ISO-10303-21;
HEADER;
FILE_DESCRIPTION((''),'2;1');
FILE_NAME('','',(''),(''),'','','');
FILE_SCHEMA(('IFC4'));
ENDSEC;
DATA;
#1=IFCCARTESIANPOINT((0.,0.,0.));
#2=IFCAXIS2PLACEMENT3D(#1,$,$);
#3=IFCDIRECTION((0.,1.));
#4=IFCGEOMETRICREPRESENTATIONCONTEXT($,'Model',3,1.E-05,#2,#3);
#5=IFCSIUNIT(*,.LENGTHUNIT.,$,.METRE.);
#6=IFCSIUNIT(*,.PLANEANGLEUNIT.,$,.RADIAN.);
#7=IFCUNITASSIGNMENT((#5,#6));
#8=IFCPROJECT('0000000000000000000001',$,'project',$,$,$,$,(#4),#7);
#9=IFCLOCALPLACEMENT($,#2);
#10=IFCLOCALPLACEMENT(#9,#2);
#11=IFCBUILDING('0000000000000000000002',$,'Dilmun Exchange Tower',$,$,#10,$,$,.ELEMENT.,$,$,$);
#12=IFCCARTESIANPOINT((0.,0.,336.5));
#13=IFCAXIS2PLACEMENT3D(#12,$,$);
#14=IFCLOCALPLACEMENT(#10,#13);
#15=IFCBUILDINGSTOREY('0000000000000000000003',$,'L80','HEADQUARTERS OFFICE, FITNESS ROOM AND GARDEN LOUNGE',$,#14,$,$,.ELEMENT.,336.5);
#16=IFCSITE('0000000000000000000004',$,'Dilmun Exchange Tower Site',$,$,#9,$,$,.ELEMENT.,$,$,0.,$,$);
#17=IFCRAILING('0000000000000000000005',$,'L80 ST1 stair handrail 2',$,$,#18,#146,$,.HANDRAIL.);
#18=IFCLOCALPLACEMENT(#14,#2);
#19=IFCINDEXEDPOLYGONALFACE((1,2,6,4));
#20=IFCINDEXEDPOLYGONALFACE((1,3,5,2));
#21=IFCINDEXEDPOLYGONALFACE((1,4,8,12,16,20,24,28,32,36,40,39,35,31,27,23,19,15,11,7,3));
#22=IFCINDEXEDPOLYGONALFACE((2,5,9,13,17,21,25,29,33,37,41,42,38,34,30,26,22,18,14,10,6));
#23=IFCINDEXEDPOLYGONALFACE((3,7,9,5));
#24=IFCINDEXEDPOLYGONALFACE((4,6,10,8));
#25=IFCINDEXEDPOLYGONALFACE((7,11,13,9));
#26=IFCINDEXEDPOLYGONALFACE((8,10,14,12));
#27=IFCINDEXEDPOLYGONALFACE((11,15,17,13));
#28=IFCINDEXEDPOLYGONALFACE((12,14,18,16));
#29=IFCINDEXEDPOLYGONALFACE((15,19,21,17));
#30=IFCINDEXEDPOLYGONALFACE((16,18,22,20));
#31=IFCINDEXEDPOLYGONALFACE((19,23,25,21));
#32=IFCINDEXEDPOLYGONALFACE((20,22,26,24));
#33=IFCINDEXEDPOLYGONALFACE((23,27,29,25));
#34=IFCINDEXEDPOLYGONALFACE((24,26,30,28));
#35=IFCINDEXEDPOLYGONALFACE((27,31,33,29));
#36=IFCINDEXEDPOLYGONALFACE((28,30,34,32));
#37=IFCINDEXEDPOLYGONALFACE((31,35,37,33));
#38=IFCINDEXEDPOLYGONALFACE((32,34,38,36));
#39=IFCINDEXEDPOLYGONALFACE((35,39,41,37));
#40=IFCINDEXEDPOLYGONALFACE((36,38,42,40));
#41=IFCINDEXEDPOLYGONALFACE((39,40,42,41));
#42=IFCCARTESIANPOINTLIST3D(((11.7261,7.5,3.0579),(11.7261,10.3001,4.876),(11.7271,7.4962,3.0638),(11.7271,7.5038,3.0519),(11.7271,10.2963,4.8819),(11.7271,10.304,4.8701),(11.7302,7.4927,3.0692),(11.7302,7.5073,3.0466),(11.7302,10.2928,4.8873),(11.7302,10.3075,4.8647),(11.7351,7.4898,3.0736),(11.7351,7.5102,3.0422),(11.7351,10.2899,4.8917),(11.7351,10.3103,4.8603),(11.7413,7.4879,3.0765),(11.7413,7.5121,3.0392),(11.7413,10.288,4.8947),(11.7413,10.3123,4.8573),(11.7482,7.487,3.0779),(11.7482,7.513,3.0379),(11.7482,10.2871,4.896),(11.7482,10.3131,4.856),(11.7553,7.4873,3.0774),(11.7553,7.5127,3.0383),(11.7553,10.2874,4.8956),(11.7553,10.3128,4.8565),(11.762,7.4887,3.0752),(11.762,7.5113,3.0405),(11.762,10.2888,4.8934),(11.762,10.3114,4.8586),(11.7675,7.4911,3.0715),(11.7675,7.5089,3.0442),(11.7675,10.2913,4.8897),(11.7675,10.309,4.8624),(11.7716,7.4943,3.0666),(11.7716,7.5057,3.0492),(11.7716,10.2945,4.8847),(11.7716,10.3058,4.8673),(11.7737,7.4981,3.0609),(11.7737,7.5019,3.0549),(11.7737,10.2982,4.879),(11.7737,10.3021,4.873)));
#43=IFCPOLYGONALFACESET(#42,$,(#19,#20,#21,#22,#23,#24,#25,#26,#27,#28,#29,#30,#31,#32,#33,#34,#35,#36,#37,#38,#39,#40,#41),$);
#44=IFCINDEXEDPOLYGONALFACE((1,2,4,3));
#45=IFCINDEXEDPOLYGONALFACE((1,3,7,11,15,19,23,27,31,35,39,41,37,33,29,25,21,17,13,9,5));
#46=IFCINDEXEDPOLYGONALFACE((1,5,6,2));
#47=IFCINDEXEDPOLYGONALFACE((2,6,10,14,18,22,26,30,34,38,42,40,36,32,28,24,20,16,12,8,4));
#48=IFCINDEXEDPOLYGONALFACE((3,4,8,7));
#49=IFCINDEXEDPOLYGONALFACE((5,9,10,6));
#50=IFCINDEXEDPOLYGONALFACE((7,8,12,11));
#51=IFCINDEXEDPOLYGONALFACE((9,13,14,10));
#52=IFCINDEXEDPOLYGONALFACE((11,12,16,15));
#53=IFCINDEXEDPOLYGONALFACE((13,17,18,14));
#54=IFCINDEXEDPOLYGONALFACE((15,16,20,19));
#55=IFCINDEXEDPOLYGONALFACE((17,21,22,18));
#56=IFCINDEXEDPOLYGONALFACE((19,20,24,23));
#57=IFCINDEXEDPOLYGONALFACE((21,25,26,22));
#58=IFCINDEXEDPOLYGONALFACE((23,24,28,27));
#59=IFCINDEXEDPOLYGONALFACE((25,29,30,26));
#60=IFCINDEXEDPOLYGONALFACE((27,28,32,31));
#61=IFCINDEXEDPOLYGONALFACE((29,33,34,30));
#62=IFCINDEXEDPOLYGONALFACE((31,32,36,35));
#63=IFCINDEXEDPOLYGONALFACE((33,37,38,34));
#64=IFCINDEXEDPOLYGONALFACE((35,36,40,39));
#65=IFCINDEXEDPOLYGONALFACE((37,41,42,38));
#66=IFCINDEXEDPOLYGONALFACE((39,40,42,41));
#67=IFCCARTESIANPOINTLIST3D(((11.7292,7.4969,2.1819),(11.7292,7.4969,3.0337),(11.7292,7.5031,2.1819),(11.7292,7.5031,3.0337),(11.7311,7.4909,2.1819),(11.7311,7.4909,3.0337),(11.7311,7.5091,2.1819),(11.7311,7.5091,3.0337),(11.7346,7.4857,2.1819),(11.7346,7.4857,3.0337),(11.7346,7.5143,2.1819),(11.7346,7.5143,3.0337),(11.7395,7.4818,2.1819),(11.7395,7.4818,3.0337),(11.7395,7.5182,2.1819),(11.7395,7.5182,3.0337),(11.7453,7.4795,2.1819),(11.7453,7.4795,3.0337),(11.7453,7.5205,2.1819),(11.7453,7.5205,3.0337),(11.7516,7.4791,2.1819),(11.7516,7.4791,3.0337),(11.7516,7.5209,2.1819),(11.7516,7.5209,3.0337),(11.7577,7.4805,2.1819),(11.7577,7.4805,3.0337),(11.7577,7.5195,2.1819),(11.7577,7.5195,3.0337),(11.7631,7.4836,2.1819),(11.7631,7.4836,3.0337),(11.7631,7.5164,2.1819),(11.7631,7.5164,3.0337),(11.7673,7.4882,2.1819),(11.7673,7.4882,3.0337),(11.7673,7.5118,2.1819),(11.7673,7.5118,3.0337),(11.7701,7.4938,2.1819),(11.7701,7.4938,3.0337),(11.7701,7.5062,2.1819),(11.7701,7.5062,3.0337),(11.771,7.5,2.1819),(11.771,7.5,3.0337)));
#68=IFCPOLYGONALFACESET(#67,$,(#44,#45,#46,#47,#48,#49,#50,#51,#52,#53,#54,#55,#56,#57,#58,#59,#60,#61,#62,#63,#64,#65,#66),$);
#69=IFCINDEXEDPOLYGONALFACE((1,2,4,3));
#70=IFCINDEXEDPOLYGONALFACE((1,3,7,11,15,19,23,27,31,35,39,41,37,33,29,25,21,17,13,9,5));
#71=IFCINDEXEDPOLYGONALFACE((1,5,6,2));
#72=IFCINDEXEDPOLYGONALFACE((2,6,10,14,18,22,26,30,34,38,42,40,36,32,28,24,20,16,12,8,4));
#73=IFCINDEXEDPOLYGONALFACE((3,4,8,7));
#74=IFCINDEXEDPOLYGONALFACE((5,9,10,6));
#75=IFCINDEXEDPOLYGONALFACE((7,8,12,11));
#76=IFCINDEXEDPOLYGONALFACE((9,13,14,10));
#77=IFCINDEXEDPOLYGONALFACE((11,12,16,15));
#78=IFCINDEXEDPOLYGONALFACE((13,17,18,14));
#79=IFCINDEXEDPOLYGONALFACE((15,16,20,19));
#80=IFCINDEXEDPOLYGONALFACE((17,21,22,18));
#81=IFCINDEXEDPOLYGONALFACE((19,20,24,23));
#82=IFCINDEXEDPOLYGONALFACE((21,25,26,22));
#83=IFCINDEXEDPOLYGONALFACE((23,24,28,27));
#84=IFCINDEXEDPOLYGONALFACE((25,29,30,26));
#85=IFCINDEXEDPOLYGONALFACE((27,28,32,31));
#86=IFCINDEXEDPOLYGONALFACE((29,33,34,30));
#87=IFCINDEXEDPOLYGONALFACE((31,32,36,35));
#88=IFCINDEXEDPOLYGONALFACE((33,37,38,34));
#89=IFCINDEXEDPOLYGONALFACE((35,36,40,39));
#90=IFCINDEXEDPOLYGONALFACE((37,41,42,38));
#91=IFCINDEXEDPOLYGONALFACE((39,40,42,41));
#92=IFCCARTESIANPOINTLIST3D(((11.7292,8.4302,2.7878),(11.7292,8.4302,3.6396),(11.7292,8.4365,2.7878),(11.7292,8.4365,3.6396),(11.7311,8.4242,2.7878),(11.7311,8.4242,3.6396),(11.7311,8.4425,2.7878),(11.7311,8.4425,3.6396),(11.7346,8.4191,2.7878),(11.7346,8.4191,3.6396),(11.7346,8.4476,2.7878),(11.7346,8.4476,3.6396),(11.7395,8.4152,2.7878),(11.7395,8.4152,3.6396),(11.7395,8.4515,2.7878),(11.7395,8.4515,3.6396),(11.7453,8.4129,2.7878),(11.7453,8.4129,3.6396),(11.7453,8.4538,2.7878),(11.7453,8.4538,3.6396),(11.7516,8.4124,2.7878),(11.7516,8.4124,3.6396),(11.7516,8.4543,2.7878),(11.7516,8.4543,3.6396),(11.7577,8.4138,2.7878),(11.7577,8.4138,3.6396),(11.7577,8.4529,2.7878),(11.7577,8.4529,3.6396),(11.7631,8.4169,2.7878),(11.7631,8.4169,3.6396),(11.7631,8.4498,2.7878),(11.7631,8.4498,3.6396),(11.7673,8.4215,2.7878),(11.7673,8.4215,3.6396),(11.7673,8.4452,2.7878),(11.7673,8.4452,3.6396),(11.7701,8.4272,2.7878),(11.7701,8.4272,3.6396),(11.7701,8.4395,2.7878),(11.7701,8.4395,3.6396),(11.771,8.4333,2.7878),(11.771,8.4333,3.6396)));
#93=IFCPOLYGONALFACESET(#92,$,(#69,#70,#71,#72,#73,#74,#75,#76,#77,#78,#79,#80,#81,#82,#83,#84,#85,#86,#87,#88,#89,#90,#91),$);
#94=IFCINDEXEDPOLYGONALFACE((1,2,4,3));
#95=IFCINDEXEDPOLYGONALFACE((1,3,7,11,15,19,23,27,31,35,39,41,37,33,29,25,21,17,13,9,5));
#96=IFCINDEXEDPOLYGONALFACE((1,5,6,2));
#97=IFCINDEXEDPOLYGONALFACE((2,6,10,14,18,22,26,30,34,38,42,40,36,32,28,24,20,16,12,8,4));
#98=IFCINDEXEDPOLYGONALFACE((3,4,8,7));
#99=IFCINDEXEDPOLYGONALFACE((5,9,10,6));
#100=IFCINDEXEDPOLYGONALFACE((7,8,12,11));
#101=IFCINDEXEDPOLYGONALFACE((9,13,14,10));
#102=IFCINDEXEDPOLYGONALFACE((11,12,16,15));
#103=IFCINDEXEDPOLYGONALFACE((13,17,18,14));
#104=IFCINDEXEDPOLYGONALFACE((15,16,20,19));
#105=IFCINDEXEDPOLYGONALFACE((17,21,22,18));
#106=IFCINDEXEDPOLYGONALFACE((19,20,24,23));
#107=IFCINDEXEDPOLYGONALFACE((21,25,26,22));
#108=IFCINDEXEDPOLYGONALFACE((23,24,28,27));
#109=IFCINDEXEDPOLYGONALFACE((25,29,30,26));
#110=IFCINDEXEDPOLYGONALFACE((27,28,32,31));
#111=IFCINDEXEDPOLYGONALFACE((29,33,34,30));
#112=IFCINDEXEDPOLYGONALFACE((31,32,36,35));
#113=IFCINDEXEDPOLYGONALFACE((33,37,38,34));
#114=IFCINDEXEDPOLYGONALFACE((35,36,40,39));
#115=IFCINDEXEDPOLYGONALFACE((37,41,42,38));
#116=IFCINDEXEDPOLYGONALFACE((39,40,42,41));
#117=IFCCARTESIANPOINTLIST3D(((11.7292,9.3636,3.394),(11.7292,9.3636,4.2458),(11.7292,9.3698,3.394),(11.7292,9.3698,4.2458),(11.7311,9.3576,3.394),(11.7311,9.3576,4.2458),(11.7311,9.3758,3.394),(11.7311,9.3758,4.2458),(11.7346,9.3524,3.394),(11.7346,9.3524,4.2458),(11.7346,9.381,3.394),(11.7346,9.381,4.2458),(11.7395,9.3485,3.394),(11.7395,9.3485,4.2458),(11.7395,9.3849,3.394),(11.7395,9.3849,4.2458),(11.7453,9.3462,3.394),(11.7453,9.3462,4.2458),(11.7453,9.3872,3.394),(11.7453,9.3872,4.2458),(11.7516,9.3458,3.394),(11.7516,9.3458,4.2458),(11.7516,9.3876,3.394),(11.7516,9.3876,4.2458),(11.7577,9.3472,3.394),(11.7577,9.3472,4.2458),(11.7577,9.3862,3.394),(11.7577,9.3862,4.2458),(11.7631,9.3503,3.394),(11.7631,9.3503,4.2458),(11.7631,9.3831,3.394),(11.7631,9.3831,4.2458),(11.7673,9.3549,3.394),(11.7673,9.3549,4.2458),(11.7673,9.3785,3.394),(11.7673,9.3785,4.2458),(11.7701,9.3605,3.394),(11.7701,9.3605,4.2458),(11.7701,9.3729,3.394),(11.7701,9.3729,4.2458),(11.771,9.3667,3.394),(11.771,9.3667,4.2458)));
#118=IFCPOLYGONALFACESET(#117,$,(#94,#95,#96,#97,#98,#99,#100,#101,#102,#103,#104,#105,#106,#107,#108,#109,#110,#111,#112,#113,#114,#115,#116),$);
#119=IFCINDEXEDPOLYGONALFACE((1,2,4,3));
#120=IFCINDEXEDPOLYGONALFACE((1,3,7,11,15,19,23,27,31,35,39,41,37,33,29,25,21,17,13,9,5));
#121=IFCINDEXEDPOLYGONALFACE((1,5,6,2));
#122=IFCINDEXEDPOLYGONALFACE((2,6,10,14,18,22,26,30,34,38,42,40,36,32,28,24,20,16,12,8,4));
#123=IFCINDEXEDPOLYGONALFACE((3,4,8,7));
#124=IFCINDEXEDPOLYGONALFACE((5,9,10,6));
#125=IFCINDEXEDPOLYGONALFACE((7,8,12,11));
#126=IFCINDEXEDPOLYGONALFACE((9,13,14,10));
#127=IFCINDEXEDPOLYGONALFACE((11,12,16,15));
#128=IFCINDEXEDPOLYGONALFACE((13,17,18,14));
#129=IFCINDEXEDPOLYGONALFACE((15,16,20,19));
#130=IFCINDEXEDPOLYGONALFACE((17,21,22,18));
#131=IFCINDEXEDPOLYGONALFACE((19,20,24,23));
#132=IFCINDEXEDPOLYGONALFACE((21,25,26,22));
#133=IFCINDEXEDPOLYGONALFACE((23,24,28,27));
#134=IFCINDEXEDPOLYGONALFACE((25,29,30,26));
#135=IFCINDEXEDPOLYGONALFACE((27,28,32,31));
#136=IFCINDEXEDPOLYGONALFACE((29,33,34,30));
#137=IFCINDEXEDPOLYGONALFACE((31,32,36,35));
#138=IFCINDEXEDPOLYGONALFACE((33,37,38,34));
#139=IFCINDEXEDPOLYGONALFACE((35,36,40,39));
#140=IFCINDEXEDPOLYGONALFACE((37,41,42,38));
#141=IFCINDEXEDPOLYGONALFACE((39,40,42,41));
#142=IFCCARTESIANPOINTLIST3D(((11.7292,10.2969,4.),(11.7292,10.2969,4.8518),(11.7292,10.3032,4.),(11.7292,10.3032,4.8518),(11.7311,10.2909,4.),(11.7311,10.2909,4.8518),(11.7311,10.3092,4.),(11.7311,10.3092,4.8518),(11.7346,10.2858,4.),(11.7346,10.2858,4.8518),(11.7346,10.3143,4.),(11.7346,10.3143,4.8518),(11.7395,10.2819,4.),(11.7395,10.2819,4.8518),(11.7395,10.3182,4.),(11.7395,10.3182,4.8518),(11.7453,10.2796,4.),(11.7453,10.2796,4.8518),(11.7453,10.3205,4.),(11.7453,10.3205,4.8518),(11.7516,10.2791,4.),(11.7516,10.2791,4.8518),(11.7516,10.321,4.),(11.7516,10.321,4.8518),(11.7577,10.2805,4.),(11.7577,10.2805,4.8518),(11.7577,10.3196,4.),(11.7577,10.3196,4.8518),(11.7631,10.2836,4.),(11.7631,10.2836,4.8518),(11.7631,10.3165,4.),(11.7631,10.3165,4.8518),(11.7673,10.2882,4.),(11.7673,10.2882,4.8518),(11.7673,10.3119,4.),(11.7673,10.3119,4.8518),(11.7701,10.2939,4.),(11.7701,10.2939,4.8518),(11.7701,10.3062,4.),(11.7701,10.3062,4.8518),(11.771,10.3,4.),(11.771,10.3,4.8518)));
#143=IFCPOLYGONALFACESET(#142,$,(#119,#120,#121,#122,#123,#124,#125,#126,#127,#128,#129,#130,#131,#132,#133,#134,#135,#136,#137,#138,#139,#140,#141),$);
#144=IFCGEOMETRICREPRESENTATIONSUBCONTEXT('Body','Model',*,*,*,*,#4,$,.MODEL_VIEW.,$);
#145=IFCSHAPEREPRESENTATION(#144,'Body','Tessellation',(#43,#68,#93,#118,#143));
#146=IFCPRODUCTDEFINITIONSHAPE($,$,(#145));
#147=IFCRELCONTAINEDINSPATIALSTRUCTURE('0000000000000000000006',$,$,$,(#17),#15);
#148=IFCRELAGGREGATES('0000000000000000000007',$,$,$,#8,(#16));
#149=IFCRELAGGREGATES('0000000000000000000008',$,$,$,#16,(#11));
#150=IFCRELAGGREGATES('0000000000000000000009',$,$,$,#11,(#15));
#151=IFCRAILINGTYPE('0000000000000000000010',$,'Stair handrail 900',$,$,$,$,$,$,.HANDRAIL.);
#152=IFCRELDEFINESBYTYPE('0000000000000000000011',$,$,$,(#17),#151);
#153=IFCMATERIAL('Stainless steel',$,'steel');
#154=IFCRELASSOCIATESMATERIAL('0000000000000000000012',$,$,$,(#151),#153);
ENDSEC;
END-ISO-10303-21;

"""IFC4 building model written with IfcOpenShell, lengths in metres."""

from ifc_helpers import new_model, si_unit, direction, frame, origin, origin_2d, place, context, subcontext, project, spatial, circle, extrude, material, type_object, element, save


model = new_model("IFC4")

# Units and contexts
model_context = context("Model", 3, precision=1e-05, world=origin(), true_north=direction((0.0, 1.0)))
body_context = subcontext(model_context, "Body", "Model", "MODEL_VIEW")
ifc_project = project(units=[si_unit("LENGTHUNIT", "METRE"), si_unit("PLANEANGLEUNIT", "RADIAN")], contexts=[model_context])

# Site, building, storey
site_placement = place(None, origin())
site = spatial("IfcSite", under=ifc_project, at=site_placement, Name="Dilmun Exchange Tower Site", CompositionType="ELEMENT", RefElevation=0.0)
building_placement = place(site_placement, origin())
building = spatial("IfcBuilding", under=site, at=building_placement, Name="Dilmun Exchange Tower", CompositionType="ELEMENT")
storey_placement = place(building_placement, frame((0.0, 0.0, 336.5)))
storey = spatial("IfcBuildingStorey", under=building, at=storey_placement, Name="L80", Description="HEADQUARTERS OFFICE, FITNESS ROOM AND GARDEN LOUNGE", CompositionType="ELEMENT", Elevation=336.5)

# Railing
ifc_material_1 = material(Name="Stainless steel", Category="steel")
railing_type = type_object("IfcRailingType", Name="Stair handrail 900", PredefinedType="HANDRAIL", material=ifc_material_1)
railing_1_placement = place(storey_placement, frame((11.75, 7.5, 2.1819)))
element("IfcRailing", 1, at=railing_1_placement, inside=storey, type_object=railing_type, Name="L80 ST1 stair handrail 2", PredefinedType="HANDRAIL", context=body_context, shape_type="SweptSolid", body=[
    extrude(circle(Radius=0.0239, at=origin_2d()), frame((0.0, 0.0, 0.876), z_axis=(0.0, 0.838706, 0.544585), x_axis=(-1.0, 0.0, 0.0)), (0.0, 0.0, 1.0), 3.3386),
    extrude(circle(Radius=0.021, at=origin_2d()), origin(), (0.0, 0.0, 1.0), 0.8518),
    extrude(circle(Radius=0.021, at=origin_2d()), frame((0.0, 0.9333, 0.606)), (0.0, 0.0, 1.0), 0.8518),
    extrude(circle(Radius=0.021, at=origin_2d()), frame((0.0, 1.8667, 1.2122)), (0.0, 0.0, 1.0), 0.8518),
    extrude(circle(Radius=0.021, at=origin_2d()), frame((0.0, 2.8, 1.8181)), (0.0, 0.0, 1.0), 0.8518),
])

save(model, "model.ifc")
